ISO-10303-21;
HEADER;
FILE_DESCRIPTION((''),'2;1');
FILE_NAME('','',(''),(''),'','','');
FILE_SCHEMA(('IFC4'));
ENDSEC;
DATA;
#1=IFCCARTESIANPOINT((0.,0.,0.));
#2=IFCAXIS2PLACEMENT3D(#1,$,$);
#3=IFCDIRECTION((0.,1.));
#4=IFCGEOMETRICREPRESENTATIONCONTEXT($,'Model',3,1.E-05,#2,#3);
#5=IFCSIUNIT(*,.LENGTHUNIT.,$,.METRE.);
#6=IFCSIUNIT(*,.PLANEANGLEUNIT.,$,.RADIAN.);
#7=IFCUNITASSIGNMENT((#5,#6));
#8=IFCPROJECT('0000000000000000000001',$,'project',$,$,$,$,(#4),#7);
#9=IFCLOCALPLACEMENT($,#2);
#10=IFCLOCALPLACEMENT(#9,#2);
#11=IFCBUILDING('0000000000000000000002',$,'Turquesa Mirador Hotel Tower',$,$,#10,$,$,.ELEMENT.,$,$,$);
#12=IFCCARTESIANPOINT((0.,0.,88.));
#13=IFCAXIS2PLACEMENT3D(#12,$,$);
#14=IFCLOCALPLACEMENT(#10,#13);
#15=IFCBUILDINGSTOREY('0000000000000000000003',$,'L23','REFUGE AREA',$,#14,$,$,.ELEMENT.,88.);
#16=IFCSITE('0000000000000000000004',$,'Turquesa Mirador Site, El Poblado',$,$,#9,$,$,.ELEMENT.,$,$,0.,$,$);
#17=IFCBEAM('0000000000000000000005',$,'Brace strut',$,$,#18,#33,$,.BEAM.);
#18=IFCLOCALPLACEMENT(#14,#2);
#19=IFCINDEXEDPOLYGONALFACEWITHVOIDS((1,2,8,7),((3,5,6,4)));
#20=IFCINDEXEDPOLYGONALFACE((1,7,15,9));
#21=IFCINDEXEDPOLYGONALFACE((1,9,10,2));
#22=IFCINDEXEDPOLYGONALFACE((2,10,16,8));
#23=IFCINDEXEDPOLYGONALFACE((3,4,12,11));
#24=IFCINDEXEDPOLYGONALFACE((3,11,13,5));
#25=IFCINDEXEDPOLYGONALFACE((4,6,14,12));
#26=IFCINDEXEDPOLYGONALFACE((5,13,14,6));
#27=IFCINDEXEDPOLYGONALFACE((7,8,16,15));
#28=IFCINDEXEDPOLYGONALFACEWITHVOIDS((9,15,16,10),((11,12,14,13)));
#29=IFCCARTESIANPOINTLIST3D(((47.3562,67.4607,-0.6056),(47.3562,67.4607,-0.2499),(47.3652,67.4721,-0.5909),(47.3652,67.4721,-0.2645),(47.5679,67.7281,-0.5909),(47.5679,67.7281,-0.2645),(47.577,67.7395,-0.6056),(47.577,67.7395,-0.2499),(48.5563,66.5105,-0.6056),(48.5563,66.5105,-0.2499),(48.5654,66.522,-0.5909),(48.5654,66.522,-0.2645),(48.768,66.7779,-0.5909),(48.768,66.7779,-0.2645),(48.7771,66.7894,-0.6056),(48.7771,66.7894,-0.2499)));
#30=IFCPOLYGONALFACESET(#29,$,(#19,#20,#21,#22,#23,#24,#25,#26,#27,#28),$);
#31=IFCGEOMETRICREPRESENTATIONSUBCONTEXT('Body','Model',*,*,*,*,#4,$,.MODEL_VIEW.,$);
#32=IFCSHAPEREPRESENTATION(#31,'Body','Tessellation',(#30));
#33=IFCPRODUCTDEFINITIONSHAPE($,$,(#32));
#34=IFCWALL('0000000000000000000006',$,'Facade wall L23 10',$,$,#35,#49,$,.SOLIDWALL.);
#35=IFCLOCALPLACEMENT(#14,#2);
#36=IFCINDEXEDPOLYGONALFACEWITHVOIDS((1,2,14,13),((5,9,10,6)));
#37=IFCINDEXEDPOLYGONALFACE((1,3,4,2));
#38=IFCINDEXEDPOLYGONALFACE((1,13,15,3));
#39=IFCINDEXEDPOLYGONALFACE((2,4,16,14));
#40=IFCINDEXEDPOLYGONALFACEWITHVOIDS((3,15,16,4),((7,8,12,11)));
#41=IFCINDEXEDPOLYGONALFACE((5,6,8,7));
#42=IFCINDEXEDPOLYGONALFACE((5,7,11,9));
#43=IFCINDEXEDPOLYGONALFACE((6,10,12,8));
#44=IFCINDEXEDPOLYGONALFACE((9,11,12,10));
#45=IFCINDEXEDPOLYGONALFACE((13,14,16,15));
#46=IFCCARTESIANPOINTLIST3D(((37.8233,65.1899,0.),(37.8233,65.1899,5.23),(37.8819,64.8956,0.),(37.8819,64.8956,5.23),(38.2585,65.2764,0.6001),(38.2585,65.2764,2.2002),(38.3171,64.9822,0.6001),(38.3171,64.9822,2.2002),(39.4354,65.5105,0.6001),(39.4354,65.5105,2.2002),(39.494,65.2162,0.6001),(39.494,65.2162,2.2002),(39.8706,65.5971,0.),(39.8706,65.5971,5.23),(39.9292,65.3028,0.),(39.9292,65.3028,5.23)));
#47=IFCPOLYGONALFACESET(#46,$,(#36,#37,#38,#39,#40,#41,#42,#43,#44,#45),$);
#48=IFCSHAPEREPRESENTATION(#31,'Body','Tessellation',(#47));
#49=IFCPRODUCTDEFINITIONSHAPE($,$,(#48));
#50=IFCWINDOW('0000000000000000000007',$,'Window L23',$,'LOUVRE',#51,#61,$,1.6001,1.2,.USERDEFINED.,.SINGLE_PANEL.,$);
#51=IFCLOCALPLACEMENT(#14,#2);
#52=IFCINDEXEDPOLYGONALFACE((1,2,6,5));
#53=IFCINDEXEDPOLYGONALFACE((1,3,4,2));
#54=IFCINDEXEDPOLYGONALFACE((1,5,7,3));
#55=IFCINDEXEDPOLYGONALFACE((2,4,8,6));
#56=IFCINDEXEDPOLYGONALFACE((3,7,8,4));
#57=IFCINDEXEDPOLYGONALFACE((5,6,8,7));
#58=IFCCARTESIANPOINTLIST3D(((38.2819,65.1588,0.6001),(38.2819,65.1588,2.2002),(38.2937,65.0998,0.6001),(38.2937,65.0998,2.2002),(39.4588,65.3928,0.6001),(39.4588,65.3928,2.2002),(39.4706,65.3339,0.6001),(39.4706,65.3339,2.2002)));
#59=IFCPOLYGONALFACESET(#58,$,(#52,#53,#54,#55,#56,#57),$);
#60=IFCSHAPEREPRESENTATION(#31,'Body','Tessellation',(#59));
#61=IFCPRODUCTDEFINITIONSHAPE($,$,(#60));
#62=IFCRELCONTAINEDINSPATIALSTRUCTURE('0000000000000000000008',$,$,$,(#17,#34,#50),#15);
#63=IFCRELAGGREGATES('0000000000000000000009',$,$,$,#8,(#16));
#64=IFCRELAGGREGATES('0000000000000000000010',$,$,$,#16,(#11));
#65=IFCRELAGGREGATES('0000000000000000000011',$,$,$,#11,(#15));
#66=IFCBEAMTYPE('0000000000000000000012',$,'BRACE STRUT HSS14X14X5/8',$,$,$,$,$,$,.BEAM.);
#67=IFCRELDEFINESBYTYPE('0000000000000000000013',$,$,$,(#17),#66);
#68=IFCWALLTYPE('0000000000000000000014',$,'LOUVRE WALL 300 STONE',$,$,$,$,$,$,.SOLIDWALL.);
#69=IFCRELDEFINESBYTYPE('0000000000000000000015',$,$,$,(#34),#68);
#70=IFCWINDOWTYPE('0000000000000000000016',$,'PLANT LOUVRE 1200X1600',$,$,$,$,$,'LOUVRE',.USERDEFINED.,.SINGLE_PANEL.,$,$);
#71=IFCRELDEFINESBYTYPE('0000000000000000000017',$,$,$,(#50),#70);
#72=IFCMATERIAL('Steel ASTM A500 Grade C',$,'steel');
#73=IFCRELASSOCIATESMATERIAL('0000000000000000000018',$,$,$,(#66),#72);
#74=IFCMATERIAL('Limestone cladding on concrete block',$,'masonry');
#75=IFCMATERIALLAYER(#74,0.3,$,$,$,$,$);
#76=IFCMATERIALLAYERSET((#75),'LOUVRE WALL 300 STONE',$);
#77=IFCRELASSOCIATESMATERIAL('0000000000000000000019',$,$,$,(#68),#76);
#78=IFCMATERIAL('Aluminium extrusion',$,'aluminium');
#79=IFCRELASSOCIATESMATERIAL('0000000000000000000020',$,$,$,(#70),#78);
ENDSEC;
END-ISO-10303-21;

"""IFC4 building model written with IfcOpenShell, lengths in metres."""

from ifc_helpers import new_model, si_unit, direction, frame, frame_2d, origin, origin_2d, place, context, subcontext, project, spatial, rectangle, hollow_rectangle, extrude, material, layer, layer_set, material_profile, profile_set, type_object, element, fill, save


model = new_model("IFC4")

# Units and contexts
model_context = context("Model", 3, precision=1e-05, world=origin(), true_north=direction((0.0, 1.0)))
body_context = subcontext(model_context, "Body", "Model", "MODEL_VIEW")
ifc_project = project(units=[si_unit("LENGTHUNIT", "METRE"), si_unit("PLANEANGLEUNIT", "RADIAN")], contexts=[model_context])

# Site, building, storey
site_placement = place(None, origin())
site = spatial("IfcSite", under=ifc_project, at=site_placement, Name="Turquesa Mirador Site, El Poblado", CompositionType="ELEMENT", RefElevation=0.0)
building_placement = place(site_placement, origin())
building = spatial("IfcBuilding", under=site, at=building_placement, Name="Turquesa Mirador Hotel Tower", CompositionType="ELEMENT")
storey_placement = place(building_placement, frame((0.0, 0.0, 88.0)))
storey = spatial("IfcBuildingStorey", under=building, at=storey_placement, Name="L23", Description="REFUGE AREA", CompositionType="ELEMENT", Elevation=88.0)

# Beam
ifc_material_1 = material(Name="Steel ASTM A500 Grade C", Category="steel")
ifc_material_profile_1 = material_profile(ifc_material_1, hollow_rectangle(XDim=0.3557, YDim=0.3557, WallThickness=0.0146, at=origin_2d()), Name="HSS14X14X5/8")
ifc_profile_set_1 = profile_set([ifc_material_profile_1], Name="Steel ASTM A500 Grade C")
beam_type_1 = type_object("IfcBeamType", Name="BRACE STRUT HSS14X14X5/8", PredefinedType="BEAM", material=ifc_profile_set_1)
beam_1_placement = place(storey_placement, frame((47.4666, 67.6001, -0.4277), z_axis=(0.784033, -0.620719, 0.0), x_axis=(0.620719, 0.784033, 0.0)))
element("IfcBeam", 1, at=beam_1_placement, inside=storey, type_object=beam_type_1, Name="Brace strut", PredefinedType="BEAM", context=body_context, shape_type="SweptSolid", body=[
    extrude(hollow_rectangle(XDim=0.3557, YDim=0.3557, WallThickness=0.0146, at=origin_2d()), origin(), (0.0, 0.0, 1.0), 1.5308),
])

# Wall, opening, window
ifc_material_2 = material(Name="Limestone cladding on concrete block", Category="masonry")
ifc_layer = layer(ifc_material_2, 0.3)
ifc_layer_set = layer_set([ifc_layer], Name="LOUVRE WALL 300 STONE")
wall_type = type_object("IfcWallType", Name="LOUVRE WALL 300 STONE", PredefinedType="SOLIDWALL", material=ifc_layer_set)
wall_placement = place(storey_placement, frame((39.8999, 65.45, 0.0), z_axis=(0.0, 0.0, 1.0), x_axis=(-0.980787, -0.195081, 0.0)))
wall = element("IfcWall", 2, at=wall_placement, inside=storey, type_object=wall_type, Name="Facade wall L23 10", PredefinedType="SOLIDWALL", context=body_context, shape_type="SweptSolid", body=[
    extrude(rectangle(XDim=2.0874, YDim=0.3, at=frame_2d((1.0437, 0.0))), origin(), (0.0, 0.0, 1.0), 5.23),
])
opening_placement = place(wall_placement, frame((0.4436, 0.0, 0.6001)))
opening = element("IfcOpeningElement", 3, at=opening_placement, cuts=wall, PredefinedType="OPENING", context=body_context, shape_type="SweptSolid", body=[
    extrude(rectangle(XDim=1.2, YDim=1.6001, at=frame_2d((0.6001, 0.8))), frame((0.0, 0.1599, 0.0), z_axis=(0.0, -1.0, 0.0), x_axis=(1.0, 0.0, 0.0)), (0.0, 0.0, 1.0), 0.3201),
])
ifc_material_3 = material(Name="Aluminium extrusion", Category="aluminium")
window_type = type_object("IfcWindowType", Name="PLANT LOUVRE 1200X1600", ElementType="LOUVRE", PartitioningType="SINGLE_PANEL", PredefinedType="USERDEFINED", material=ifc_material_3)
window_placement = place(opening_placement, origin())
window = element("IfcWindow", 4, at=window_placement, inside=storey, type_object=window_type, Name="Window L23", ObjectType="LOUVRE", OverallHeight=1.6001, OverallWidth=1.2, PartitioningType="SINGLE_PANEL", PredefinedType="USERDEFINED", context=body_context, shape_type="SweptSolid", body=[
    extrude(rectangle(XDim=1.2, YDim=1.6001, at=frame_2d((0.6001, 0.8))), frame((0.0, 0.03, 0.0), z_axis=(0.0, -1.0, 0.0), x_axis=(1.0, 0.0, 0.0)), (0.0, 0.0, 1.0), 0.0601),
])
fill(opening, window)

save(model, "model.ifc")
